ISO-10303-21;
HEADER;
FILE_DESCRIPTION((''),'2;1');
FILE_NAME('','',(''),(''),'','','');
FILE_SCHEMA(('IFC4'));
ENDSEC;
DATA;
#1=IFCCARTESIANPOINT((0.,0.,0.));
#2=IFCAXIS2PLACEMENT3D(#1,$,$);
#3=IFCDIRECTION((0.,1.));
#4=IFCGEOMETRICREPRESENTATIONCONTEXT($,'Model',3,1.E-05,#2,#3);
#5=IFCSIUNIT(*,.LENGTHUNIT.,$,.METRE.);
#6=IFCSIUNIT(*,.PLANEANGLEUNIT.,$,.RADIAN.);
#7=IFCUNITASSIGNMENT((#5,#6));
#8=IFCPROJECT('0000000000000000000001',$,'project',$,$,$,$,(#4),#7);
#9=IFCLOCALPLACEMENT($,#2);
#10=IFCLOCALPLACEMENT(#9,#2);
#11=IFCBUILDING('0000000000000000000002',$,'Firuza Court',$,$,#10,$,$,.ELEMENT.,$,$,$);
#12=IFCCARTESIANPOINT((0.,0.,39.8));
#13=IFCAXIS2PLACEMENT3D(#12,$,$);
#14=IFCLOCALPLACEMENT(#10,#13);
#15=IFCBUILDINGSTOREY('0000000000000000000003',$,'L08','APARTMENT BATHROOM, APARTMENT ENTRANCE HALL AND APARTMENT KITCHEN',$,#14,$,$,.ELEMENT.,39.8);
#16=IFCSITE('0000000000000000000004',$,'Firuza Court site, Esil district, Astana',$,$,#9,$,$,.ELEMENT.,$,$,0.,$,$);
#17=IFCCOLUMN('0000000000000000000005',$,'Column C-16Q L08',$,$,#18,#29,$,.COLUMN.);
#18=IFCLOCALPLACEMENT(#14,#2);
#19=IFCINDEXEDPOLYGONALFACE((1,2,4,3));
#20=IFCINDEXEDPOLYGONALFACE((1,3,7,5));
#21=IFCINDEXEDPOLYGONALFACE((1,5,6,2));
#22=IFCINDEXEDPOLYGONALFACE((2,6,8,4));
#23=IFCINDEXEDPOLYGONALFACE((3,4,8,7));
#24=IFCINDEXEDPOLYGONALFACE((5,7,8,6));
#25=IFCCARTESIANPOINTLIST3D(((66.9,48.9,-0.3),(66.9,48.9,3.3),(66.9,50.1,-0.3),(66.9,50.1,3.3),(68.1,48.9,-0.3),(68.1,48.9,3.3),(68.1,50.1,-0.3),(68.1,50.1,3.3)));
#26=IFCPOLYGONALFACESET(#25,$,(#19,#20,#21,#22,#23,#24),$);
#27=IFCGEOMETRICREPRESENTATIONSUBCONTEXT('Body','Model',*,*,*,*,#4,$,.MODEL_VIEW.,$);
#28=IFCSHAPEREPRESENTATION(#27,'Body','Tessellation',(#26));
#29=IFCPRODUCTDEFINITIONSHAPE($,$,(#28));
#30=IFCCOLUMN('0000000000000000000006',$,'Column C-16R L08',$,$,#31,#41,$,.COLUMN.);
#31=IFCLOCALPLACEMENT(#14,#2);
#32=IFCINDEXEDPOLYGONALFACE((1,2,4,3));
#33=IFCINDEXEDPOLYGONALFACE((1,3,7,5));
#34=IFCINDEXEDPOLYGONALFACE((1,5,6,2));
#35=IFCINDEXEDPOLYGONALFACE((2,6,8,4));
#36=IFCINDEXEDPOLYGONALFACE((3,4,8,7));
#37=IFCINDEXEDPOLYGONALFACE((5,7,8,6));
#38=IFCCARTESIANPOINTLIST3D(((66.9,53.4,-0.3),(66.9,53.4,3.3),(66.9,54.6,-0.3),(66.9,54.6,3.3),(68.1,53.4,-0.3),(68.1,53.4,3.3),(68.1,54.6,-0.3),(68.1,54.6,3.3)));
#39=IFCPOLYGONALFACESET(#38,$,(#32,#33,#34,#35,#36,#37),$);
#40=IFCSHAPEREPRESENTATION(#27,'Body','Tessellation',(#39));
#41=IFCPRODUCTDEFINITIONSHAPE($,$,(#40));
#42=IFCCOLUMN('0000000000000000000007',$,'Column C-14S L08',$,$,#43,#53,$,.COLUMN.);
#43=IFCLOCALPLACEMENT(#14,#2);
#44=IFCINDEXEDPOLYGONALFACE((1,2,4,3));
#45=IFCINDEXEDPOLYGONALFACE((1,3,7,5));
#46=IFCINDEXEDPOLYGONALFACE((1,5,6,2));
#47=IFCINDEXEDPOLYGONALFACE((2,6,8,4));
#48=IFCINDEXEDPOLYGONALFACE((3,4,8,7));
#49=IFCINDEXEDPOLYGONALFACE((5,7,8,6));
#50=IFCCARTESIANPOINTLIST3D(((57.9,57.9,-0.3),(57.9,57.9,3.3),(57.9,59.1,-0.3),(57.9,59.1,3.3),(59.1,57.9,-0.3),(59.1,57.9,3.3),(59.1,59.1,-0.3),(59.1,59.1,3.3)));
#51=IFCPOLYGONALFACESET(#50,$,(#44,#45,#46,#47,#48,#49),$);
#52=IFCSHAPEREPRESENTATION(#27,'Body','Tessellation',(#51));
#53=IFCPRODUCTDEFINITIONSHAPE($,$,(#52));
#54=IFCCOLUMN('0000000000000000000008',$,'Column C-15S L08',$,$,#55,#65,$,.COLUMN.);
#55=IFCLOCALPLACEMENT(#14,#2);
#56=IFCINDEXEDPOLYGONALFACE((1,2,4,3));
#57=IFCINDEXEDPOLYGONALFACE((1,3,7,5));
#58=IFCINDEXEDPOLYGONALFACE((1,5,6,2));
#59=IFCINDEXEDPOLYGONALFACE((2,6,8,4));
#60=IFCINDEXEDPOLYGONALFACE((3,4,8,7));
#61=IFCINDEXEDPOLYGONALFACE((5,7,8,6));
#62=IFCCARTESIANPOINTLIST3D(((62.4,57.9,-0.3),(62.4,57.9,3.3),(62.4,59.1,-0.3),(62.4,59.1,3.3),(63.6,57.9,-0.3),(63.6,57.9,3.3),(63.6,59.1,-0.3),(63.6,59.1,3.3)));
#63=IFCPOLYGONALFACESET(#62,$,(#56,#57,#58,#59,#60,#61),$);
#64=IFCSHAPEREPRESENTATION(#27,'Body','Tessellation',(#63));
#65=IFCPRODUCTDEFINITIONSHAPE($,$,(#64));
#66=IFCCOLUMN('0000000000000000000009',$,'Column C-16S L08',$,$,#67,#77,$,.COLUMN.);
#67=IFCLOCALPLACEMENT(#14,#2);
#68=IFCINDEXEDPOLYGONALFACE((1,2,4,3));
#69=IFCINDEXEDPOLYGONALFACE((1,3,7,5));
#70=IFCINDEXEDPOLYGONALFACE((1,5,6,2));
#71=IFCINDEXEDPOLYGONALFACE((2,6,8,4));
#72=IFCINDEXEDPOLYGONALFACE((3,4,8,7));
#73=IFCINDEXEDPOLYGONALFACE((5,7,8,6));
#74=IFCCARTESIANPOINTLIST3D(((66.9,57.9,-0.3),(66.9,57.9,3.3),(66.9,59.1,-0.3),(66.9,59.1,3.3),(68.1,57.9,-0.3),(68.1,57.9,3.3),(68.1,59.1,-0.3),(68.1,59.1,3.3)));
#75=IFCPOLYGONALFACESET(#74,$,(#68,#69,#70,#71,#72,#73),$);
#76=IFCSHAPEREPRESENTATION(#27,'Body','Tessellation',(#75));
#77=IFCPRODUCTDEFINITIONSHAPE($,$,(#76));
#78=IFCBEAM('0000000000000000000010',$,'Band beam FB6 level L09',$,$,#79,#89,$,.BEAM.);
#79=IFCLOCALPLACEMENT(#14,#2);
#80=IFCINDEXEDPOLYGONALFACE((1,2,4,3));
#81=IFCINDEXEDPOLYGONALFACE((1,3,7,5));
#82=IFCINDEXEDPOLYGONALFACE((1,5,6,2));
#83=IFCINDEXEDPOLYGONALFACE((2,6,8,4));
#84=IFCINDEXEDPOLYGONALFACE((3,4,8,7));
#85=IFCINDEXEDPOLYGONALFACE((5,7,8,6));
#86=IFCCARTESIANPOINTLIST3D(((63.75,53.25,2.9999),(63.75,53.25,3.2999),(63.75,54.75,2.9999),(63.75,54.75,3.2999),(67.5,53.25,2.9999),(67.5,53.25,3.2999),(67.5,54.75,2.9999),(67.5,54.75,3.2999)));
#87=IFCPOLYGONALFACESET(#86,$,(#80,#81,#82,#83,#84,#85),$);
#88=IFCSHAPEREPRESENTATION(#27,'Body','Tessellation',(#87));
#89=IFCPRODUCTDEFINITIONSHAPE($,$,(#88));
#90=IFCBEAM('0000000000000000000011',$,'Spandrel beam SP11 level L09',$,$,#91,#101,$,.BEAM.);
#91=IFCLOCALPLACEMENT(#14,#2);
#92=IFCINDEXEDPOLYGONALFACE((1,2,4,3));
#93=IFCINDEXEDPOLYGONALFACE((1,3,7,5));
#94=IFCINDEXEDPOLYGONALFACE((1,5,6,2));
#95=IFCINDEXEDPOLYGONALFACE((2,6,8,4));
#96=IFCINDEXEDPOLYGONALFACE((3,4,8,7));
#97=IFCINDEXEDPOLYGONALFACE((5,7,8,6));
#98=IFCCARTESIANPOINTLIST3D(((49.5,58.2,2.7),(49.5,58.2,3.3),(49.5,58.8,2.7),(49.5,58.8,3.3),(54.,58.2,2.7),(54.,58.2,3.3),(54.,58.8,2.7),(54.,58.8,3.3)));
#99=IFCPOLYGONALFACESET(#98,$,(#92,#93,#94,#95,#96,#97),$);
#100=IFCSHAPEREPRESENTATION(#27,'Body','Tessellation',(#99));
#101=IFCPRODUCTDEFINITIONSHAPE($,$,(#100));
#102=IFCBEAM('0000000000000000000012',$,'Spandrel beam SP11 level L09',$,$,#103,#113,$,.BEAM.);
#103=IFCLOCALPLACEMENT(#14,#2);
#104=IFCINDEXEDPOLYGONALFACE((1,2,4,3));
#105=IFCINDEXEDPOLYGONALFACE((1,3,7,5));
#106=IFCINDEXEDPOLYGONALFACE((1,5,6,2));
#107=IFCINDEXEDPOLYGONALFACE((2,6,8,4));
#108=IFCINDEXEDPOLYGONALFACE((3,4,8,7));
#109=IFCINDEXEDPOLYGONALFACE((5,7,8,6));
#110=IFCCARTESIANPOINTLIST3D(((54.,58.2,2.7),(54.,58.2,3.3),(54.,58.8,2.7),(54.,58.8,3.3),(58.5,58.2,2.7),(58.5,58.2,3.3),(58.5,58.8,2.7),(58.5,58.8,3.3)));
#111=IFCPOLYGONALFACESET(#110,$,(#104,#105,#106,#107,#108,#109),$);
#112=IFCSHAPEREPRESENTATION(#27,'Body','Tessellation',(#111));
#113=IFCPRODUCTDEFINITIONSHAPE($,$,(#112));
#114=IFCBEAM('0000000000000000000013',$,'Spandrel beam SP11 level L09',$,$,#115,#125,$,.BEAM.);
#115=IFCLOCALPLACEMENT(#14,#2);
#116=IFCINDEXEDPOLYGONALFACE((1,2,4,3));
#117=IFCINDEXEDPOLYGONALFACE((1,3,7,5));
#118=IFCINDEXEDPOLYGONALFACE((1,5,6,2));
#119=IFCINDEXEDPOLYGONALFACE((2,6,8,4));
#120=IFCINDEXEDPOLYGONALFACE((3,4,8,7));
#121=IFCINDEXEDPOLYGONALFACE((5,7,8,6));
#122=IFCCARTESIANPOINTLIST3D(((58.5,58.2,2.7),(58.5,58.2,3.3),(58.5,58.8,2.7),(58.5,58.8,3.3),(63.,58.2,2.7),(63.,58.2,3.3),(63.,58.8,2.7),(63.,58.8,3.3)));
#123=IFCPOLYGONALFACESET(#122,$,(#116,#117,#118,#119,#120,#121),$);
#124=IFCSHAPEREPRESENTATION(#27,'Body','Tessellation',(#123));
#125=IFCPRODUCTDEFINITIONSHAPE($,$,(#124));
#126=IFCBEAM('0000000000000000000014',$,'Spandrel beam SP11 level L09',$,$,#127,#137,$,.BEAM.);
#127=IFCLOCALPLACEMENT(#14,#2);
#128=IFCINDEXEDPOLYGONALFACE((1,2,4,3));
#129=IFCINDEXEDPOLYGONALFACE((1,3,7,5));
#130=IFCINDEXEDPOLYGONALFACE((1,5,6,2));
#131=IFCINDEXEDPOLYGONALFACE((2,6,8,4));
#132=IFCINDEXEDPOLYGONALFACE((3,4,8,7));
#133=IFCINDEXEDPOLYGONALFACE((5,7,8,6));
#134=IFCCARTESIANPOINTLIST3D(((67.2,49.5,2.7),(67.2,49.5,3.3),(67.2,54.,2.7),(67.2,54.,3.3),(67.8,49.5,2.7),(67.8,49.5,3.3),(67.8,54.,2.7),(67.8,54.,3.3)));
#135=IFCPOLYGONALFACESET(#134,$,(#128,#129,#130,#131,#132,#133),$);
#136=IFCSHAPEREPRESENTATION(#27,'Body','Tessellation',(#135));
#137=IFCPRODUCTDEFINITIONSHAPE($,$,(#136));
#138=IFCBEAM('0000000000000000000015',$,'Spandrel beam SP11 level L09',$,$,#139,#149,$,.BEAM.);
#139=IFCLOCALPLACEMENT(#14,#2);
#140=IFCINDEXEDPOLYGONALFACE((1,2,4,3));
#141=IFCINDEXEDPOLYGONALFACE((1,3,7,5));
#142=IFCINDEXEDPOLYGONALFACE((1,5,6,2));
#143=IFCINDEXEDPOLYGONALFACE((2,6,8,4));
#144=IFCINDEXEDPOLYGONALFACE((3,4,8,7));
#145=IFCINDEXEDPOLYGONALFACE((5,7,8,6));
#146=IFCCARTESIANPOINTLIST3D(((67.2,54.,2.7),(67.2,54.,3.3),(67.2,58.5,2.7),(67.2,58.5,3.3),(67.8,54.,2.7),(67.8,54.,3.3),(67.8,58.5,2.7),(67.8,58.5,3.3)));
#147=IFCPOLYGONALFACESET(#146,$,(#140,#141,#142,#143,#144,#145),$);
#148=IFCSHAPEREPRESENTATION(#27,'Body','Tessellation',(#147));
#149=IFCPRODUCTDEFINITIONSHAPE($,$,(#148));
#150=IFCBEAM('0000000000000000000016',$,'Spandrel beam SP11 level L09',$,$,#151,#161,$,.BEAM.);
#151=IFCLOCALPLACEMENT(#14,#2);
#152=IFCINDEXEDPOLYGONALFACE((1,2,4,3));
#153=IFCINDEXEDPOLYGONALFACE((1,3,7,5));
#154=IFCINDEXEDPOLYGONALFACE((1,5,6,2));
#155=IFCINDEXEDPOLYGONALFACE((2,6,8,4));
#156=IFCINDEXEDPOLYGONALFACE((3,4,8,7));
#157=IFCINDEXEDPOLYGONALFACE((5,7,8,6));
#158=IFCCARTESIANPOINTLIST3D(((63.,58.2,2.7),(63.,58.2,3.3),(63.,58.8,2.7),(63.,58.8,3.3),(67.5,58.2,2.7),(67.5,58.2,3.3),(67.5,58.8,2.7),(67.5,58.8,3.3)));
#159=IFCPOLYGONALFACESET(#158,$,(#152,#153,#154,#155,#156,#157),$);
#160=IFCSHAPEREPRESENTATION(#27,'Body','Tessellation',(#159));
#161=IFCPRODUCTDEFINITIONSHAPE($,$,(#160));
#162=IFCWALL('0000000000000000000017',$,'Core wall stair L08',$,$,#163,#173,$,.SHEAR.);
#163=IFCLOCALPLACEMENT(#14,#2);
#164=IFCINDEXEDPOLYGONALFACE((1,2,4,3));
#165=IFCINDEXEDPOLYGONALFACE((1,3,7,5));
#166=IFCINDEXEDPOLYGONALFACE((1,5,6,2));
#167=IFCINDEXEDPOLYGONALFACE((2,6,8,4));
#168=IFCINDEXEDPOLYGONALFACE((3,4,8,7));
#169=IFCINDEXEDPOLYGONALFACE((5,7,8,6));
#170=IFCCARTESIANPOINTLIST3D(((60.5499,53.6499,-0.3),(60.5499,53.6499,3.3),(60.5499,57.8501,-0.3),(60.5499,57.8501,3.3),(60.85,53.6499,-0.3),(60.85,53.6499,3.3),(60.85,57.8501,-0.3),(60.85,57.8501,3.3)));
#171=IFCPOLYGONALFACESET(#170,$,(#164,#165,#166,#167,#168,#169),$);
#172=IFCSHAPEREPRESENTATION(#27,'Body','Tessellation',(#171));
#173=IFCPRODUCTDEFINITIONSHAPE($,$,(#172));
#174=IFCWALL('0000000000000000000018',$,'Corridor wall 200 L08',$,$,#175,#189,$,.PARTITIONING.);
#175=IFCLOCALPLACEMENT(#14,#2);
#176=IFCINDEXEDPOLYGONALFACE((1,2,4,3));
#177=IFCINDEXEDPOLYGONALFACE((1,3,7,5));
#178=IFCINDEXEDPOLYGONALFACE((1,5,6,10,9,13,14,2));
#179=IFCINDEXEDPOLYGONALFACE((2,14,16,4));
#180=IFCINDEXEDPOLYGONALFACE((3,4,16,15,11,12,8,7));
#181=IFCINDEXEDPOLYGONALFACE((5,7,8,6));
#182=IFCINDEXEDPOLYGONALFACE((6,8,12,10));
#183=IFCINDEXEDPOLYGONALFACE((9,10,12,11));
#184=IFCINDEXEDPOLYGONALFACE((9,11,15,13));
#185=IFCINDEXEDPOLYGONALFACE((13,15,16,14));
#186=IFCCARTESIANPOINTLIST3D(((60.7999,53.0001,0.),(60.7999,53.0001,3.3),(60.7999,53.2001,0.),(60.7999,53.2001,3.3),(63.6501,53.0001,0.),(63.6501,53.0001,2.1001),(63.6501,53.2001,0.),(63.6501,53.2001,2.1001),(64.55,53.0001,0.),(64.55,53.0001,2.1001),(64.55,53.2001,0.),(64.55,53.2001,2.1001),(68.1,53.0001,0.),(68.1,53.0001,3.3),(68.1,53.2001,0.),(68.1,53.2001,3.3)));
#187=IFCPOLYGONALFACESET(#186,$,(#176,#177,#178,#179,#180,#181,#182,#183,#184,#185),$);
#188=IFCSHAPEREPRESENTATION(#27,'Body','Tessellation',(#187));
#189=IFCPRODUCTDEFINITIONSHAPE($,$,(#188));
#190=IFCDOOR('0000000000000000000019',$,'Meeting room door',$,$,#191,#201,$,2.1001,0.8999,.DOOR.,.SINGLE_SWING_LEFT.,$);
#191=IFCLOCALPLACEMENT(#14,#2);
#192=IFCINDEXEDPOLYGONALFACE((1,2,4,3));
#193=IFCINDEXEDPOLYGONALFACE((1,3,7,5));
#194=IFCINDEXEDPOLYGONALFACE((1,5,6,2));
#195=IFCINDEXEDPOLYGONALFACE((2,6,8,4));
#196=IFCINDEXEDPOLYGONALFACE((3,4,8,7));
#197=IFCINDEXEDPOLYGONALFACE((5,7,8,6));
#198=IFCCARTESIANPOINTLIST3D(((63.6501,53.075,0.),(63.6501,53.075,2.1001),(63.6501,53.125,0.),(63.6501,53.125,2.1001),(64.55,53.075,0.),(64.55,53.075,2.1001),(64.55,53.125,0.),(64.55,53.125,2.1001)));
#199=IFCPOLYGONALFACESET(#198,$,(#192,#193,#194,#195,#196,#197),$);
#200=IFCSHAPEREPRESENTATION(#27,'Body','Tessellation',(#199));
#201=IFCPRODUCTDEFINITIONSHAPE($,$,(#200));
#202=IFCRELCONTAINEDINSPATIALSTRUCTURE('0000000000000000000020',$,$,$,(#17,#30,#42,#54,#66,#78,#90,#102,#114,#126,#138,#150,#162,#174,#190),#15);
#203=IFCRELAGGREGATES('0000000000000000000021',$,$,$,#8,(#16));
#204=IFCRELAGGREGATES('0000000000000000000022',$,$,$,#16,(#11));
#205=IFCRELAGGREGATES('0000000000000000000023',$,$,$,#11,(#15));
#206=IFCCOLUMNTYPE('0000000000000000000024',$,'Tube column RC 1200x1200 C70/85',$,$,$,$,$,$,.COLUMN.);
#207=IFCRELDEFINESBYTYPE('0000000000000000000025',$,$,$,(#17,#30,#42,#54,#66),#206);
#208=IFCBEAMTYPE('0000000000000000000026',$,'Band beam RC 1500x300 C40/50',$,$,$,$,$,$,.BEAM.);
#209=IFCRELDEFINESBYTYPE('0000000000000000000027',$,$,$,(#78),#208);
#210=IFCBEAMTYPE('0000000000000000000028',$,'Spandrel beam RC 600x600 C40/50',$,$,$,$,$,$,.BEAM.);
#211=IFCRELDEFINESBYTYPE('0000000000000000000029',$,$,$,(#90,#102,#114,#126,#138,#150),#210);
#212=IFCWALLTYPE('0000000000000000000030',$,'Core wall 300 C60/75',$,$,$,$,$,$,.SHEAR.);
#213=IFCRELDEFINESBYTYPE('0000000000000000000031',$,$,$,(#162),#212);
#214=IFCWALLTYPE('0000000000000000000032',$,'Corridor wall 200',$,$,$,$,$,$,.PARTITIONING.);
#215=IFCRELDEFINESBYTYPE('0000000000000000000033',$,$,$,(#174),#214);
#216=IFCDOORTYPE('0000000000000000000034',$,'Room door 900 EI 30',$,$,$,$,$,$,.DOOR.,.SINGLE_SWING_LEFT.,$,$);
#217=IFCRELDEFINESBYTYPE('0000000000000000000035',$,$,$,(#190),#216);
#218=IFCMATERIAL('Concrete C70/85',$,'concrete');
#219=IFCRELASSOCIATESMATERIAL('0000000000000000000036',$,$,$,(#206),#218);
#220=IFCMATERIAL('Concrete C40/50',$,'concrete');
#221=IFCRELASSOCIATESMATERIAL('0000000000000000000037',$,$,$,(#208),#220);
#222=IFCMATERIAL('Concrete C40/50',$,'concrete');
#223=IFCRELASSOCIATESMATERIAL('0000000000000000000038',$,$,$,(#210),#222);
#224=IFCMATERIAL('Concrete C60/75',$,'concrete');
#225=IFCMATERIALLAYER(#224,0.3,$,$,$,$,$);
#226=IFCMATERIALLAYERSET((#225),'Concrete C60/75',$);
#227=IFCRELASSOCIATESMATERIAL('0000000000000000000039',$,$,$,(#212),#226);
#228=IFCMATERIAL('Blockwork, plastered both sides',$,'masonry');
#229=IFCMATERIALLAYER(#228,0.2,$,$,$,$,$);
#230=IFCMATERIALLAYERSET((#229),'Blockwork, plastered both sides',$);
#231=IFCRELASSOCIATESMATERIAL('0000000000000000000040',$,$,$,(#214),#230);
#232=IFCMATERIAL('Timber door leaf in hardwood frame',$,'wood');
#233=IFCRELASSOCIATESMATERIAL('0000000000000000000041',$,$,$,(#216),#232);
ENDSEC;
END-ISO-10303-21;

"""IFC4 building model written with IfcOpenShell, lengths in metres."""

from ifc_helpers import new_model, si_unit, direction, frame, frame_2d, origin, origin_2d, place, context, subcontext, project, spatial, rectangle, extrude, material, layer, layer_set, material_profile, profile_set, type_object, element, fill, save


model = new_model("IFC4")

# Units and contexts
model_context = context("Model", 3, precision=1e-05, world=origin(), true_north=direction((0.0, 1.0)))
body_context = subcontext(model_context, "Body", "Model", "MODEL_VIEW")
ifc_project = project(units=[si_unit("LENGTHUNIT", "METRE"), si_unit("PLANEANGLEUNIT", "RADIAN")], contexts=[model_context])

# Site, building, storey
site_placement = place(None, origin())
site = spatial("IfcSite", under=ifc_project, at=site_placement, Name="Firuza Court site, Esil district, Astana", CompositionType="ELEMENT", RefElevation=0.0)
building_placement = place(site_placement, origin())
building = spatial("IfcBuilding", under=site, at=building_placement, Name="Firuza Court", CompositionType="ELEMENT")
storey_placement = place(building_placement, frame((0.0, 0.0, 39.8)))
storey = spatial("IfcBuildingStorey", under=building, at=storey_placement, Name="L08", Description="APARTMENT BATHROOM, APARTMENT ENTRANCE HALL AND APARTMENT KITCHEN", CompositionType="ELEMENT", Elevation=39.8)

# Columns
ifc_material_1 = material(Name="Concrete C70/85", Category="concrete")
ifc_material_profile_1 = material_profile(ifc_material_1, rectangle(XDim=1.2, YDim=1.2, at=origin_2d()), Name="RC 1200x1200")
ifc_profile_set_1 = profile_set([ifc_material_profile_1], Name="Concrete C70/85")
column_type = type_object("IfcColumnType", Name="Tube column RC 1200x1200 C70/85", PredefinedType="COLUMN", material=ifc_profile_set_1)
for number, where, z_axis, x_axis, name in (
    (1, (67.5, 49.5, -0.3), (0.0, 0.0, 1.0), (1.0, 0.0, 0.0), "Column C-16Q L08"),
    (2, (67.5, 54.0, -0.3), (0.0, 0.0, 1.0), (1.0, 0.0, 0.0), "Column C-16R L08"),
    (3, (58.5, 58.5, -0.3), (0.0, 0.0, 1.0), (1.0, 0.0, 0.0), "Column C-14S L08"),
    (4, (63.0, 58.5, -0.3), (0.0, 0.0, 1.0), (1.0, 0.0, 0.0), "Column C-15S L08"),
    (5, (67.5, 58.5, -0.3), (0.0, 0.0, 1.0), (1.0, 0.0, 0.0), "Column C-16S L08"),
):
    element("IfcColumn", number, at=place(storey_placement, frame(where, z_axis=z_axis, x_axis=x_axis)), inside=storey, type_object=column_type, Name=name, PredefinedType="COLUMN", context=body_context, shape_type="SweptSolid", body=[
        extrude(rectangle(XDim=1.2, YDim=1.2, at=origin_2d()), origin(), (0.0, 0.0, 1.0), 3.6001),
    ])

# Beams
ifc_material_2 = material(Name="Concrete C40/50", Category="concrete")
ifc_material_profile_2 = material_profile(ifc_material_2, rectangle(XDim=1.5, YDim=0.3, at=origin_2d()), Name="RC 1500x300")
ifc_profile_set_2 = profile_set([ifc_material_profile_2], Name="Concrete C40/50")
beam_type_1 = type_object("IfcBeamType", Name="Band beam RC 1500x300 C40/50", PredefinedType="BEAM", material=ifc_profile_set_2)
beam_placement = place(storey_placement, frame((67.5, 54.0, 3.1499), z_axis=(-1.0, 0.0, 0.0), x_axis=(0.0, -1.0, 0.0)))
element("IfcBeam", 6, at=beam_placement, inside=storey, type_object=beam_type_1, Name="Band beam FB6 level L09", PredefinedType="BEAM", context=body_context, shape_type="SweptSolid", body=[
    extrude(rectangle(XDim=1.5, YDim=0.3, at=origin_2d()), origin(), (0.0, 0.0, 1.0), 3.75),
])
ifc_material_3 = material(Name="Concrete C40/50", Category="concrete")
ifc_material_profile_3 = material_profile(ifc_material_3, rectangle(XDim=0.6001, YDim=0.6001, at=origin_2d()), Name="RC 600x600")
ifc_profile_set_3 = profile_set([ifc_material_profile_3], Name="Concrete C40/50")
beam_type_2 = type_object("IfcBeamType", Name="Spandrel beam RC 600x600 C40/50", PredefinedType="BEAM", material=ifc_profile_set_3)
for number, where, z_axis, x_axis, name in (
    (7, (54.0, 58.5, 3.0), (-1.0, 0.0, 0.0), (0.0, -1.0, 0.0), "Spandrel beam SP11 level L09"),
    (8, (58.5, 58.5, 3.0), (-1.0, 0.0, 0.0), (0.0, -1.0, 0.0), "Spandrel beam SP11 level L09"),
    (9, (63.0, 58.5, 3.0), (-1.0, 0.0, 0.0), (0.0, -1.0, 0.0), "Spandrel beam SP11 level L09"),
    (10, (67.5, 49.5, 3.0), (0.0, 1.0, 0.0), (-1.0, 0.0, 0.0), "Spandrel beam SP11 level L09"),
    (11, (67.5, 54.0, 3.0), (0.0, 1.0, 0.0), (-1.0, 0.0, 0.0), "Spandrel beam SP11 level L09"),
    (12, (67.5, 58.5, 3.0), (-1.0, 0.0, 0.0), (0.0, -1.0, 0.0), "Spandrel beam SP11 level L09"),
):
    element("IfcBeam", number, at=place(storey_placement, frame(where, z_axis=z_axis, x_axis=x_axis)), inside=storey, type_object=beam_type_2, Name=name, PredefinedType="BEAM", context=body_context, shape_type="SweptSolid", body=[
        extrude(rectangle(XDim=0.6001, YDim=0.6001, at=origin_2d()), origin(), (0.0, 0.0, 1.0), 4.5),
    ])

# Wall
ifc_material_4 = material(Name="Concrete C60/75", Category="concrete")
ifc_layer_1 = layer(ifc_material_4, 0.3)
ifc_layer_set_1 = layer_set([ifc_layer_1], Name="Concrete C60/75")
wall_type_1 = type_object("IfcWallType", Name="Core wall 300 C60/75", PredefinedType="SHEAR", material=ifc_layer_set_1)
wall_1_placement = place(storey_placement, frame((60.7, 53.6499, -0.3), z_axis=(0.0, 0.0, 1.0), x_axis=(0.0, 1.0, 0.0)))
element("IfcWall", 13, at=wall_1_placement, inside=storey, type_object=wall_type_1, Name="Core wall stair L08", PredefinedType="SHEAR", context=body_context, shape_type="SweptSolid", body=[
    extrude(rectangle(XDim=4.2002, YDim=0.3, at=frame_2d((2.1001, 0.0))), origin(), (0.0, 0.0, 1.0), 3.6001),
])

# Wall, opening, door
ifc_material_5 = material(Name="Blockwork, plastered both sides", Category="masonry")
ifc_layer_2 = layer(ifc_material_5, 0.2)
ifc_layer_set_2 = layer_set([ifc_layer_2], Name="Blockwork, plastered both sides")
wall_type_2 = type_object("IfcWallType", Name="Corridor wall 200", PredefinedType="PARTITIONING", material=ifc_layer_set_2)
wall_2_placement = place(storey_placement, frame((60.8, 53.1001, 0.0), z_axis=(0.0, 0.0, 1.0), x_axis=(1.0, 0.0, 0.0)))
wall_2 = element("IfcWall", 14, at=wall_2_placement, inside=storey, type_object=wall_type_2, Name="Corridor wall 200 L08", PredefinedType="PARTITIONING", context=body_context, shape_type="SweptSolid", body=[
    extrude(rectangle(XDim=7.3, YDim=0.2, at=frame_2d((3.6499, 0.0))), origin(), (0.0, 0.0, 1.0), 3.3),
])
opening_1_placement = place(wall_2_placement, frame((2.8501, 0.0, 0.0)))
opening_1 = element("IfcOpeningElement", 15, at=opening_1_placement, cuts=wall_2, PredefinedType="OPENING", context=body_context, shape_type="SweptSolid", body=[
    extrude(rectangle(XDim=0.8999, YDim=2.1001, at=frame_2d((0.45, 1.05))), frame((0.0, 0.1118, 0.0), z_axis=(0.0, -1.0, 0.0), x_axis=(1.0, 0.0, 0.0)), (0.0, 0.0, 1.0), 0.2239),
])
ifc_material_6 = material(Name="Timber door leaf in hardwood frame", Category="wood")
door_type = type_object("IfcDoorType", Name="Room door 900 EI 30", OperationType="SINGLE_SWING_LEFT", PredefinedType="DOOR", material=ifc_material_6)
door_placement = place(opening_1_placement, origin())
door = element("IfcDoor", 16, at=door_placement, inside=storey, type_object=door_type, Name="Meeting room door", OperationType="SINGLE_SWING_LEFT", OverallHeight=2.1001, OverallWidth=0.8999, PredefinedType="DOOR", context=body_context, shape_type="SweptSolid", body=[
    extrude(rectangle(XDim=0.8999, YDim=2.1001, at=frame_2d((0.45, 1.05))), frame((0.0, 0.0249, 0.0), z_axis=(0.0, -1.0, 0.0), x_axis=(1.0, 0.0, 0.0)), (0.0, 0.0, 1.0), 0.05),
])
fill(opening_1, door)

save(model, "model.ifc")
